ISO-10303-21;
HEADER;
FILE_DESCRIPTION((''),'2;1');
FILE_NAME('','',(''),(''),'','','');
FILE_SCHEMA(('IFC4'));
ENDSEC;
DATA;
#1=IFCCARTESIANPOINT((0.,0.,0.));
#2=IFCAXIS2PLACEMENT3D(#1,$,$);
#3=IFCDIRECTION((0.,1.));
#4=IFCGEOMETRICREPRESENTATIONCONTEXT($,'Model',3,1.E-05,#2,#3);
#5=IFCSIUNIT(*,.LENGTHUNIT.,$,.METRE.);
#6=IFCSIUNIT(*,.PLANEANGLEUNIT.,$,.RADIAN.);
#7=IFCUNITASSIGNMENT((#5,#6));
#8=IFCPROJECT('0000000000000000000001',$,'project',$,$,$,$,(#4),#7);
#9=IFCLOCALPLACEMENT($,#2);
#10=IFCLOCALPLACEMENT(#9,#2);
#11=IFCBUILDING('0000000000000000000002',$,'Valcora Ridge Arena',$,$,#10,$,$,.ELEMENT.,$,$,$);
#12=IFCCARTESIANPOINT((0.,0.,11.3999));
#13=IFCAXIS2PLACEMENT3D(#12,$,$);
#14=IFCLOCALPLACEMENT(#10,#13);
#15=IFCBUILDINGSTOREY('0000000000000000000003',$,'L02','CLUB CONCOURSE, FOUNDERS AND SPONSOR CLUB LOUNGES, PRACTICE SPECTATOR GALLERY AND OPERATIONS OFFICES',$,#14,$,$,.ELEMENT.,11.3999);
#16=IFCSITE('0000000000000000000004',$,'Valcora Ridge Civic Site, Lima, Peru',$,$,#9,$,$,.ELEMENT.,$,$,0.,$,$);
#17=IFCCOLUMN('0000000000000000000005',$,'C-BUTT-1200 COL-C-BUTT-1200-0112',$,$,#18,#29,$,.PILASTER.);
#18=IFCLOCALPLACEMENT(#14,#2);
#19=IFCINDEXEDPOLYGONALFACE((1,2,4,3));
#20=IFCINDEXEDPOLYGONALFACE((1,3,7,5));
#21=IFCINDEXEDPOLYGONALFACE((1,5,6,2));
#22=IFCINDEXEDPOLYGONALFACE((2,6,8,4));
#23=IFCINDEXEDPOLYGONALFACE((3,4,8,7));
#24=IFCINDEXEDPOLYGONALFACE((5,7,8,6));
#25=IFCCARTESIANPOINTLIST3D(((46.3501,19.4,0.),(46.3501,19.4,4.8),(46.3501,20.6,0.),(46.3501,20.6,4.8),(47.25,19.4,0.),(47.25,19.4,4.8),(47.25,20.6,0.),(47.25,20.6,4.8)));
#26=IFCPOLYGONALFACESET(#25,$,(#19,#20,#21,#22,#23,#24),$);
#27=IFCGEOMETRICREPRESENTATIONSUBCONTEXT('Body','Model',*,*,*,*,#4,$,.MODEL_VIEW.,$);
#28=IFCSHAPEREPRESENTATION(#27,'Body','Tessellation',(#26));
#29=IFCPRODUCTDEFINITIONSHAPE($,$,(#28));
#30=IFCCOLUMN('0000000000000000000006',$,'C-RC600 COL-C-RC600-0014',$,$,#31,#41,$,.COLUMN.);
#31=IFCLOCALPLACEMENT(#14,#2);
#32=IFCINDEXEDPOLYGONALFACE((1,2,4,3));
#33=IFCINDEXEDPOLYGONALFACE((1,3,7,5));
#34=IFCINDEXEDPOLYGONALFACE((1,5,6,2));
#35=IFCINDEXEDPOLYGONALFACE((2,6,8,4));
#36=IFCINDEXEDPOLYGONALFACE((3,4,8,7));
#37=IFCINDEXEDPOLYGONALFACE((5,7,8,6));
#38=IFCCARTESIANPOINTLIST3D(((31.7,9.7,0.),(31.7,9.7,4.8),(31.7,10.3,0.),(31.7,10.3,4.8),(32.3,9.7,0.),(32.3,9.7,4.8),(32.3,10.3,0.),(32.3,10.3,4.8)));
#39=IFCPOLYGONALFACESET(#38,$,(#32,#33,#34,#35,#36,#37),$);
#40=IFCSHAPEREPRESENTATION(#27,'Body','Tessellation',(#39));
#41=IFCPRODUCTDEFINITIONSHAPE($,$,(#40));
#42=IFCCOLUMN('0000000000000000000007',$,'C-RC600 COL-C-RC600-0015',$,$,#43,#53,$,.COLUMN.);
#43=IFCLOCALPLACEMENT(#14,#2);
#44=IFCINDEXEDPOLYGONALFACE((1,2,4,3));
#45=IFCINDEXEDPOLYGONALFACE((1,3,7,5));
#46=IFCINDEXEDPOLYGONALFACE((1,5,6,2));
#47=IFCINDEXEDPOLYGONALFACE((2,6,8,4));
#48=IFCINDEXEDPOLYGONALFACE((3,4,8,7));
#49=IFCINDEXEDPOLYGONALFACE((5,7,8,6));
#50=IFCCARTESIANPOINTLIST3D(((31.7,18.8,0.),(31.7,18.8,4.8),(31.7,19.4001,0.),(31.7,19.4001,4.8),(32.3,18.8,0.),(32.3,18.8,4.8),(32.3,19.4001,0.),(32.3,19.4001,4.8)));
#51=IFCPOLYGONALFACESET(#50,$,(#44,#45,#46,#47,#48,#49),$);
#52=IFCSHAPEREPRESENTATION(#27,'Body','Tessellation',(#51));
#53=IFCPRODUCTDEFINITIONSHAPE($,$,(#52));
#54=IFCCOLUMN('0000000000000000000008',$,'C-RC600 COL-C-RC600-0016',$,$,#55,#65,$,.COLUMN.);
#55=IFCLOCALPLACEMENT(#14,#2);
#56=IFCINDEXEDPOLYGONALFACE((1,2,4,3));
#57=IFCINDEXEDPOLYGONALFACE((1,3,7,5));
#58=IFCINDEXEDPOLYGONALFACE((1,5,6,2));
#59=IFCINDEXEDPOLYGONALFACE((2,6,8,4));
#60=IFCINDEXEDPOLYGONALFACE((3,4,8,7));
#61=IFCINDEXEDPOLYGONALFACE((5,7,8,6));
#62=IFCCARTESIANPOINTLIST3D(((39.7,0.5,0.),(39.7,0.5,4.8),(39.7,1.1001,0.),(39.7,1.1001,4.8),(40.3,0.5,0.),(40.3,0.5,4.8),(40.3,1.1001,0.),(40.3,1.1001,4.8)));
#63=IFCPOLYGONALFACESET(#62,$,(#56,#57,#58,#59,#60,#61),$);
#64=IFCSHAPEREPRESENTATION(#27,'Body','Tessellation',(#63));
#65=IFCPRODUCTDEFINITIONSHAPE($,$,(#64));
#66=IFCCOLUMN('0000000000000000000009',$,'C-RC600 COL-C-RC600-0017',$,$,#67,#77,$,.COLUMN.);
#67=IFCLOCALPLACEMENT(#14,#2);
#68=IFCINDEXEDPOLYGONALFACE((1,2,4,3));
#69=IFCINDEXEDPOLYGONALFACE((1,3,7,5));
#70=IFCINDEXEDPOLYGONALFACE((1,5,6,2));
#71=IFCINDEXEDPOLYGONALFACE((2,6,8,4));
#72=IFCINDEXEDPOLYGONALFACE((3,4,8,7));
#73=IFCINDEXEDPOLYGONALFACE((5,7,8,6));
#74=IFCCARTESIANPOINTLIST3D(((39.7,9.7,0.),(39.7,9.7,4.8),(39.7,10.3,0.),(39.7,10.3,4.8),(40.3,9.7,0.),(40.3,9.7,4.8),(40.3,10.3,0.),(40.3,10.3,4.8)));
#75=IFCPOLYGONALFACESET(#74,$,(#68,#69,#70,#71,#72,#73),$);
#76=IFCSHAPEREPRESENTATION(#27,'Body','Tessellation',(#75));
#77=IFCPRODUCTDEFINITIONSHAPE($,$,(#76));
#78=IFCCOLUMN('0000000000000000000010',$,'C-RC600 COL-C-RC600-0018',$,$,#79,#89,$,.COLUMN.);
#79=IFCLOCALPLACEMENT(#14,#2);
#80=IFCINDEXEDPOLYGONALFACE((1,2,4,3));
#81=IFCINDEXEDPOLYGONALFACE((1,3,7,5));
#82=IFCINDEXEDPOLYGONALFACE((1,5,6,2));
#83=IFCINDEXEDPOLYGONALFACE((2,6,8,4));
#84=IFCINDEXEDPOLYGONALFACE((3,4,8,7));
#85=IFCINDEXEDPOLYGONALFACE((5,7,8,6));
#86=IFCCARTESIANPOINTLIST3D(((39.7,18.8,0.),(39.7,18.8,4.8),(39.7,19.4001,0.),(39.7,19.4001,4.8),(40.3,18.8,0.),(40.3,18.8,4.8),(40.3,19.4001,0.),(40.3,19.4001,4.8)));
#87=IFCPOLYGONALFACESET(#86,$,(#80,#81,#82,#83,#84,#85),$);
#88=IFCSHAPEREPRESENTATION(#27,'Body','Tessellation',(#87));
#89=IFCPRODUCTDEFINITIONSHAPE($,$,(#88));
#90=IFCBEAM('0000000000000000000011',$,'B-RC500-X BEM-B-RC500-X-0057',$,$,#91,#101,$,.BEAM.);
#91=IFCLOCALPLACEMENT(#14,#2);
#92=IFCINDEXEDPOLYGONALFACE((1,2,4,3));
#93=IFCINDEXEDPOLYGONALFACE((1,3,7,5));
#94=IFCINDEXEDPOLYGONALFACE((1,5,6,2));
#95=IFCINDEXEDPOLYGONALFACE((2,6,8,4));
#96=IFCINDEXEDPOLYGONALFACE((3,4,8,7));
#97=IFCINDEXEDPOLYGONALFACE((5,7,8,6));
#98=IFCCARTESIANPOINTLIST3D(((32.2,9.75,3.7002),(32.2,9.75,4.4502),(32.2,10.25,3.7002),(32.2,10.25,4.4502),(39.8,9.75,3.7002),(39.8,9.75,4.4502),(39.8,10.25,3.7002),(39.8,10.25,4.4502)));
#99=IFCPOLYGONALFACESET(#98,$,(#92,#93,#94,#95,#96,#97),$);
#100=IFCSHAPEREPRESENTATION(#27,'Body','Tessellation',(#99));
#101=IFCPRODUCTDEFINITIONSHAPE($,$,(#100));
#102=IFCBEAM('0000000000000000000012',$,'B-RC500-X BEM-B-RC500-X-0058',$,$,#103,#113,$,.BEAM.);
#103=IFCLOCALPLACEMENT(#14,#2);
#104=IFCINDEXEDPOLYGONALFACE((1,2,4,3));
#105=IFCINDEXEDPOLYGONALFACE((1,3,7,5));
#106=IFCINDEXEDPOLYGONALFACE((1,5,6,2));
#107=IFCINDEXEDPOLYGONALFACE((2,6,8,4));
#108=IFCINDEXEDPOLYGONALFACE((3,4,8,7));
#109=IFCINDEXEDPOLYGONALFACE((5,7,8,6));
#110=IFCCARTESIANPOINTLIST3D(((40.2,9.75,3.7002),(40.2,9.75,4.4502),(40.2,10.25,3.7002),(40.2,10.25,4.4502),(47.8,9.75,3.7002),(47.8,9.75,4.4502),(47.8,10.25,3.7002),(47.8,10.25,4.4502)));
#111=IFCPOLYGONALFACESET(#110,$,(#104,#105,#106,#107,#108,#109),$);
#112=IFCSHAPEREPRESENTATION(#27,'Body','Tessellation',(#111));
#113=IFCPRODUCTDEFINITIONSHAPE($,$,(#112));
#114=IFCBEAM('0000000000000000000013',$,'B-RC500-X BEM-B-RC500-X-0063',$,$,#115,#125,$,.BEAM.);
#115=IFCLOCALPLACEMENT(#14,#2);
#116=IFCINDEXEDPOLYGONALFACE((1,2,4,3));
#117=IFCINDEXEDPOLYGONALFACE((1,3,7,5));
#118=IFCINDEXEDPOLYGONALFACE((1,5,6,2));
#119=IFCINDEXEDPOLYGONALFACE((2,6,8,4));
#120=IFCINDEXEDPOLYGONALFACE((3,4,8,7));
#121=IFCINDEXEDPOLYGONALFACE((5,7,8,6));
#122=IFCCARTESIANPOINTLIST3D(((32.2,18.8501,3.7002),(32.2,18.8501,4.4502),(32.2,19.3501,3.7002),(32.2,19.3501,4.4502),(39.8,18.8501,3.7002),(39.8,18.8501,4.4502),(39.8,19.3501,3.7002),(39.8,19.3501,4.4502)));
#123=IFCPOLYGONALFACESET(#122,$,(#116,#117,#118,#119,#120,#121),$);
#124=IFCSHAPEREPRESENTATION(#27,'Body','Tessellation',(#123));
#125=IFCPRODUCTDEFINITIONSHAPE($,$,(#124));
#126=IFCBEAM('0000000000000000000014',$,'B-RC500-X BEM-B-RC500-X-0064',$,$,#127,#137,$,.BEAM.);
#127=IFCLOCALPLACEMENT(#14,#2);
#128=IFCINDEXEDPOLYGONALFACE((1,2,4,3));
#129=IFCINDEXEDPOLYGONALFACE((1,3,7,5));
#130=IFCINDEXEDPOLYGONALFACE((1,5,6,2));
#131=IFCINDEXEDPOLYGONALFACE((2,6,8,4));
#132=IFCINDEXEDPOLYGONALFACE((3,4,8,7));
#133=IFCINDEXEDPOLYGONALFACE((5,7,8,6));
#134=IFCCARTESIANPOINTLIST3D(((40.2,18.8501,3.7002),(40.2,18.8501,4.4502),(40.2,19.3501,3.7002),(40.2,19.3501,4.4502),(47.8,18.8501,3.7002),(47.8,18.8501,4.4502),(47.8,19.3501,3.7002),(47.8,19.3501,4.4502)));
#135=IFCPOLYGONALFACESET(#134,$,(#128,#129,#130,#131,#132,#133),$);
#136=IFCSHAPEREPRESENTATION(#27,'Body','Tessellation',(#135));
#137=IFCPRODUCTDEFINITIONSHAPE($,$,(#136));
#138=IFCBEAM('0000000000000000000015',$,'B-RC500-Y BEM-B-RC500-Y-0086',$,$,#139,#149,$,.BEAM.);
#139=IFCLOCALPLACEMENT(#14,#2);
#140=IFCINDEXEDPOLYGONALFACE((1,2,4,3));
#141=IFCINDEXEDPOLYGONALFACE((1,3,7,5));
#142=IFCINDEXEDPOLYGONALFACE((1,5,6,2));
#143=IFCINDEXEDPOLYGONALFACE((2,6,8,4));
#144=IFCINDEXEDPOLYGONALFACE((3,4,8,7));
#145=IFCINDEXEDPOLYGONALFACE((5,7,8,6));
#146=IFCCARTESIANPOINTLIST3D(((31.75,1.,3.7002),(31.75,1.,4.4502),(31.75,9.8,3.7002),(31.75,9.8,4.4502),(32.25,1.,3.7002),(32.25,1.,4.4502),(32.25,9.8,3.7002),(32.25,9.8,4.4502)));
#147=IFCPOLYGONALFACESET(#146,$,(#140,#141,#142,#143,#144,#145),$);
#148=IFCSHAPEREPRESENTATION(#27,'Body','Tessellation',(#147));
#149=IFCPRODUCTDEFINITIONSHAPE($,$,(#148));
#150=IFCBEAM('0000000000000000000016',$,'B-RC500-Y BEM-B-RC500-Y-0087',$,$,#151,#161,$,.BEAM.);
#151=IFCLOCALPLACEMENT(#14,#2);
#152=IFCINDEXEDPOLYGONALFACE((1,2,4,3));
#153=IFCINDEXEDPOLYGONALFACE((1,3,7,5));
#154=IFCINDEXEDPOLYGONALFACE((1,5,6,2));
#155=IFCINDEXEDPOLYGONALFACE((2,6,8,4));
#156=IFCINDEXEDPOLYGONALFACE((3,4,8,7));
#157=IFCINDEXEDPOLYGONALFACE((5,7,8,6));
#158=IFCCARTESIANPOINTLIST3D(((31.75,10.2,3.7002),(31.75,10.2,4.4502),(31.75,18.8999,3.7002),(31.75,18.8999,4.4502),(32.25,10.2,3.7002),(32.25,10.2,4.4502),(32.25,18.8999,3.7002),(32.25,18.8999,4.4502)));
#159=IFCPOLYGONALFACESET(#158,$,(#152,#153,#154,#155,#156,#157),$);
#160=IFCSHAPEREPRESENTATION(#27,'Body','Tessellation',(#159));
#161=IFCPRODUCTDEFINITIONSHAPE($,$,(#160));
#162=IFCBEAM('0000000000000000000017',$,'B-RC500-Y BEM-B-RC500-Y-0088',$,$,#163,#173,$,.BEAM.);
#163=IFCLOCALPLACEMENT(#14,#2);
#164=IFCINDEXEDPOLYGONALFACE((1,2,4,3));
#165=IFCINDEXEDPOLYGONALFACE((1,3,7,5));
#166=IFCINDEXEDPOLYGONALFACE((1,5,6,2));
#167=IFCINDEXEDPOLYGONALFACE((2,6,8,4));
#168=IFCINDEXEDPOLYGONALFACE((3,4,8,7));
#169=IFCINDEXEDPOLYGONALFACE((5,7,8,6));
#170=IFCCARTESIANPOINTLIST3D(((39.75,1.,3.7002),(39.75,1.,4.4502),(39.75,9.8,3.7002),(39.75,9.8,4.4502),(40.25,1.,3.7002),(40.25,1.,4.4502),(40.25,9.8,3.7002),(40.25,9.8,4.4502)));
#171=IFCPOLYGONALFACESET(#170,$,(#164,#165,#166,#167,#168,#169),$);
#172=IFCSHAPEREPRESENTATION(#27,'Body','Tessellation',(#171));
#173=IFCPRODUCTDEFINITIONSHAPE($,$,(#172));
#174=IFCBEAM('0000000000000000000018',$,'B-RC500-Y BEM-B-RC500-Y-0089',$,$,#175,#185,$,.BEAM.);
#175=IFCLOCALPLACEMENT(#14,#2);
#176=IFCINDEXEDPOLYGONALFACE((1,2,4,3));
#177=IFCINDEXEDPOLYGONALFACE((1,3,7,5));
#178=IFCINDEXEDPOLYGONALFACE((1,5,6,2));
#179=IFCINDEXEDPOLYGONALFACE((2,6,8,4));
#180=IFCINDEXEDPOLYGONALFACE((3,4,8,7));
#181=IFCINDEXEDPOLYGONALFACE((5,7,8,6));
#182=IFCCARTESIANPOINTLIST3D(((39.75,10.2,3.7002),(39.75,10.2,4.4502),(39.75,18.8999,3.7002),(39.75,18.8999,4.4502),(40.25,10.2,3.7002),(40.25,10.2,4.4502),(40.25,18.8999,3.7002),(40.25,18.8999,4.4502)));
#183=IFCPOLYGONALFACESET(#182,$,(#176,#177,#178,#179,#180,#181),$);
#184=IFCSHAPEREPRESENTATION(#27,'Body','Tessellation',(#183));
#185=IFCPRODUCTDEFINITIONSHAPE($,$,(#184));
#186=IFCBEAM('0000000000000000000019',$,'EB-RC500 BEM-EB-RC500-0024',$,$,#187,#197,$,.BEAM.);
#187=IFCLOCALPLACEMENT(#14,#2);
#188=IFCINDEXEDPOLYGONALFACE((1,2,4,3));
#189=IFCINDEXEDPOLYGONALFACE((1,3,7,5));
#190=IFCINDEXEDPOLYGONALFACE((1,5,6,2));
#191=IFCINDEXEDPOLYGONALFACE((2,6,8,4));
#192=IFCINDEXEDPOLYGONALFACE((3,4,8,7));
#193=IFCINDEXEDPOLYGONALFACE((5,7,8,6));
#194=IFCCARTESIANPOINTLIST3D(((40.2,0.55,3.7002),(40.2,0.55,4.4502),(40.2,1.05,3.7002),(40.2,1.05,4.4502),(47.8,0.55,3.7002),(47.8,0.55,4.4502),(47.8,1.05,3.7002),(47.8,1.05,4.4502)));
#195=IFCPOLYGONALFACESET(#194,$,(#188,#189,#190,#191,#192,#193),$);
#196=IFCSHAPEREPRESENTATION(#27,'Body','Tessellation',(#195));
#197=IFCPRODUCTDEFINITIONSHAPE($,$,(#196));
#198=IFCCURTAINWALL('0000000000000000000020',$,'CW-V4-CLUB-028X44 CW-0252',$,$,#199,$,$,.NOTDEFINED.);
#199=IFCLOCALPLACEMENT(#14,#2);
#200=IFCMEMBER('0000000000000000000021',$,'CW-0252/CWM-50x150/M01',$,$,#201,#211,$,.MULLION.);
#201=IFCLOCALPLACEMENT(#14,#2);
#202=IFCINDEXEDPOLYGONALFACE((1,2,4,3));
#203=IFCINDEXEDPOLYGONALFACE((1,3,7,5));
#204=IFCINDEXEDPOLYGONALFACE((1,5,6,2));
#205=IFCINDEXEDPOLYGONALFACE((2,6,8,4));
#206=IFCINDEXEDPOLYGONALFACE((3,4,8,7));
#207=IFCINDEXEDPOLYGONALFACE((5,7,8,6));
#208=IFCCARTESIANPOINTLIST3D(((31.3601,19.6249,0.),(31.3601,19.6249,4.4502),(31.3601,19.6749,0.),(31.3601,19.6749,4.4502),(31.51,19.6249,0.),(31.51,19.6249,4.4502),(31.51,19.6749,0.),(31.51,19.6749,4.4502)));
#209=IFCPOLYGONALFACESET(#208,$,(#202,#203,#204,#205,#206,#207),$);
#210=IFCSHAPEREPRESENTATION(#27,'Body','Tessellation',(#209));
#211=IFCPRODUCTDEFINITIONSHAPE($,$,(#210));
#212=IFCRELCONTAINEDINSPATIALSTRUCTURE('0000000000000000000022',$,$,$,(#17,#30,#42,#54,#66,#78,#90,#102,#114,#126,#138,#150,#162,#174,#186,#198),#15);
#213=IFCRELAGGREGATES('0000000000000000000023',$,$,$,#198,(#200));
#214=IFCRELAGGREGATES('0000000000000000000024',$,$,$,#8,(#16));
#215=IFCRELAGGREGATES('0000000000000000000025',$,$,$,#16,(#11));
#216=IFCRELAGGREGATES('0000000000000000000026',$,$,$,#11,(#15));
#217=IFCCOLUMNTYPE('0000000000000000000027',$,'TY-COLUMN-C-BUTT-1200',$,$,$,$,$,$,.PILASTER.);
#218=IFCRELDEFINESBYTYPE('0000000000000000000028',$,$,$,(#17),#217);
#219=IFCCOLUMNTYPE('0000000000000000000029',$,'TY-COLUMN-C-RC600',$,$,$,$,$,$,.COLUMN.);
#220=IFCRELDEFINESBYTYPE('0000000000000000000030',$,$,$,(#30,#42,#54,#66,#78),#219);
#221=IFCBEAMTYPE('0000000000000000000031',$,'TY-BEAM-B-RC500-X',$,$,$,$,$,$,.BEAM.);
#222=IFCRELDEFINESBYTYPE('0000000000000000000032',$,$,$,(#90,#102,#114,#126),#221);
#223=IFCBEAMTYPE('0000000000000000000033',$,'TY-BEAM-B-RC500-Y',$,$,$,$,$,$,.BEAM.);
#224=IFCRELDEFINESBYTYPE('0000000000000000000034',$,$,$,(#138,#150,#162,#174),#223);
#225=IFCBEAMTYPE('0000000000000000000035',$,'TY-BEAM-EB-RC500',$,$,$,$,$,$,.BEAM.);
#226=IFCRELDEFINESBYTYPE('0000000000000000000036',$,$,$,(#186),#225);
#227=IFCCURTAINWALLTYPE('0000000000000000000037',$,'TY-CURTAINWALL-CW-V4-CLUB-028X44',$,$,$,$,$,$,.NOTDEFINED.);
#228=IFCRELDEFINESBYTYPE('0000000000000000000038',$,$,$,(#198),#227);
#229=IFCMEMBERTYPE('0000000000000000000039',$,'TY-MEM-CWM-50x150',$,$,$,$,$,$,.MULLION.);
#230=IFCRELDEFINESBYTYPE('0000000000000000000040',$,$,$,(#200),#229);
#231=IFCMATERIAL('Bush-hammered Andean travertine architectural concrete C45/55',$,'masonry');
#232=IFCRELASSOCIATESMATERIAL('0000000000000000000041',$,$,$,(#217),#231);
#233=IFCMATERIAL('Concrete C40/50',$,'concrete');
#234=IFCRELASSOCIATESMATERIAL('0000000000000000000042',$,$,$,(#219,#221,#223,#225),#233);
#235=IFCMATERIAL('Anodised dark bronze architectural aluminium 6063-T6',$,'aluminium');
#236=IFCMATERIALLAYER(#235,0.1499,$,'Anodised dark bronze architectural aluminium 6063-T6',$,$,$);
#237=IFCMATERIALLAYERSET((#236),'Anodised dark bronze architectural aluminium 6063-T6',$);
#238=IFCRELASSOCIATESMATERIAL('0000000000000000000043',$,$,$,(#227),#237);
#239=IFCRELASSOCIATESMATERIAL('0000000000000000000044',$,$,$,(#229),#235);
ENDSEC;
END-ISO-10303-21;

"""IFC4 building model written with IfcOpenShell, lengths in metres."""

from ifc_helpers import new_model, si_unit, direction, frame, origin, origin_2d, place, context, subcontext, project, spatial, rectangle, extrude, material, layer, layer_set, material_profile, profile_set, type_object, element, aggregate, save


model = new_model("IFC4")

# Units and contexts
model_context = context("Model", 3, precision=1e-05, world=origin(), true_north=direction((0.0, 1.0)))
body_context = subcontext(model_context, "Body", "Model", "MODEL_VIEW")
ifc_project = project(units=[si_unit("LENGTHUNIT", "METRE"), si_unit("PLANEANGLEUNIT", "RADIAN")], contexts=[model_context])

# Site, building, storey
site_placement = place(None, origin())
site = spatial("IfcSite", under=ifc_project, at=site_placement, Name="Valcora Ridge Civic Site, Lima, Peru", CompositionType="ELEMENT", RefElevation=0.0)
building_placement = place(site_placement, origin())
building = spatial("IfcBuilding", under=site, at=building_placement, Name="Valcora Ridge Arena", CompositionType="ELEMENT")
storey_placement = place(building_placement, frame((0.0, 0.0, 11.3999)))
storey = spatial("IfcBuildingStorey", under=building, at=storey_placement, Name="L02", Description="CLUB CONCOURSE, FOUNDERS AND SPONSOR CLUB LOUNGES, PRACTICE SPECTATOR GALLERY AND OPERATIONS OFFICES", CompositionType="ELEMENT", Elevation=11.3999)

# Columns
ifc_material_1 = material(Name="Bush-hammered Andean travertine architectural concrete C45/55", Category="masonry")
ifc_material_profile_1 = material_profile(ifc_material_1, rectangle(XDim=0.8999, YDim=1.2, at=origin_2d()), Name="RC 900x1200")
ifc_profile_set_1 = profile_set([ifc_material_profile_1], Name="Bush-hammered Andean travertine architectural concrete C45/55")
column_type_1 = type_object("IfcColumnType", Name="TY-COLUMN-C-BUTT-1200", PredefinedType="PILASTER", material=ifc_profile_set_1)
column_placement = place(storey_placement, frame((46.8, 20.0, 0.0), z_axis=(0.0, 0.0, 1.0), x_axis=(1.0, 0.0, 0.0)))
element("IfcColumn", 1, at=column_placement, inside=storey, type_object=column_type_1, Name="C-BUTT-1200 COL-C-BUTT-1200-0112", PredefinedType="PILASTER", context=body_context, shape_type="SweptSolid", body=[
    extrude(rectangle(XDim=0.8999, YDim=1.2, at=origin_2d()), origin(), (0.0, 0.0, 1.0), 4.8),
])
ifc_material_2 = material(Name="Concrete C40/50", Category="concrete")
ifc_material_profile_2 = material_profile(ifc_material_2, rectangle(XDim=0.6001, YDim=0.6001, at=origin_2d()), Name="RC 600x600")
ifc_profile_set_2 = profile_set([ifc_material_profile_2], Name="Concrete C40/50")
column_type_2 = type_object("IfcColumnType", Name="TY-COLUMN-C-RC600", PredefinedType="COLUMN", material=ifc_profile_set_2)
for number, where, z_axis, x_axis, name in (
    (2, (32.0, 10.0, 0.0), (0.0, 0.0, 1.0), (1.0, 0.0, 0.0), "C-RC600 COL-C-RC600-0014"),
    (3, (32.0, 19.1001, 0.0), (0.0, 0.0, 1.0), (1.0, 0.0, 0.0), "C-RC600 COL-C-RC600-0015"),
    (4, (40.0, 0.8, 0.0), (0.0, 0.0, 1.0), (1.0, 0.0, 0.0), "C-RC600 COL-C-RC600-0016"),
    (5, (40.0, 10.0, 0.0), (0.0, 0.0, 1.0), (1.0, 0.0, 0.0), "C-RC600 COL-C-RC600-0017"),
    (6, (40.0, 19.1001, 0.0), (0.0, 0.0, 1.0), (1.0, 0.0, 0.0), "C-RC600 COL-C-RC600-0018"),
):
    element("IfcColumn", number, at=place(storey_placement, frame(where, z_axis=z_axis, x_axis=x_axis)), inside=storey, type_object=column_type_2, Name=name, PredefinedType="COLUMN", context=body_context, shape_type="SweptSolid", body=[
        extrude(rectangle(XDim=0.6001, YDim=0.6001, at=origin_2d()), origin(), (0.0, 0.0, 1.0), 4.8),
    ])

# Beams
ifc_material_profile_3 = material_profile(ifc_material_2, rectangle(XDim=0.5, YDim=0.75, at=origin_2d()), Name="RC 500x750")
ifc_profile_set_3 = profile_set([ifc_material_profile_3], Name="Concrete C40/50")
beam_type_1 = type_object("IfcBeamType", Name="TY-BEAM-B-RC500-X", PredefinedType="BEAM", material=ifc_profile_set_3)
for number, where, z_axis, x_axis, name in (
    (7, (32.2, 10.0, 4.0752), (1.0, 0.0, 0.0), (0.0, 1.0, 0.0), "B-RC500-X BEM-B-RC500-X-0057"),
    (8, (40.2, 10.0, 4.0752), (1.0, 0.0, 0.0), (0.0, 1.0, 0.0), "B-RC500-X BEM-B-RC500-X-0058"),
    (9, (32.2, 19.1001, 4.0752), (1.0, 0.0, 0.0), (0.0, 1.0, 0.0), "B-RC500-X BEM-B-RC500-X-0063"),
    (10, (40.2, 19.1001, 4.0752), (1.0, 0.0, 0.0), (0.0, 1.0, 0.0), "B-RC500-X BEM-B-RC500-X-0064"),
):
    element("IfcBeam", number, at=place(storey_placement, frame(where, z_axis=z_axis, x_axis=x_axis)), inside=storey, type_object=beam_type_1, Name=name, PredefinedType="BEAM", context=body_context, shape_type="SweptSolid", body=[
        extrude(rectangle(XDim=0.5, YDim=0.75, at=origin_2d()), origin(), (0.0, 0.0, 1.0), 7.6001),
    ])
ifc_material_profile_4 = material_profile(ifc_material_2, rectangle(XDim=0.5, YDim=0.75, at=origin_2d()), Name="RC 500x750")
ifc_profile_set_4 = profile_set([ifc_material_profile_4], Name="Concrete C40/50")
beam_type_2 = type_object("IfcBeamType", Name="TY-BEAM-B-RC500-Y", PredefinedType="BEAM", material=ifc_profile_set_4)
beam_1_placement = place(storey_placement, frame((32.0, 1.0, 4.0752), z_axis=(0.0, 1.0, 0.0), x_axis=(-1.0, 0.0, 0.0)))
element("IfcBeam", 11, at=beam_1_placement, inside=storey, type_object=beam_type_2, Name="B-RC500-Y BEM-B-RC500-Y-0086", PredefinedType="BEAM", context=body_context, shape_type="SweptSolid", body=[
    extrude(rectangle(XDim=0.5, YDim=0.75, at=origin_2d()), origin(), (0.0, 0.0, 1.0), 8.8),
])
beam_2_placement = place(storey_placement, frame((32.0, 10.2, 4.0752), z_axis=(0.0, 1.0, 0.0), x_axis=(-1.0, 0.0, 0.0)))
element("IfcBeam", 12, at=beam_2_placement, inside=storey, type_object=beam_type_2, Name="B-RC500-Y BEM-B-RC500-Y-0087", PredefinedType="BEAM", context=body_context, shape_type="SweptSolid", body=[
    extrude(rectangle(XDim=0.5, YDim=0.75, at=origin_2d()), origin(), (0.0, 0.0, 1.0), 8.7),
])
beam_3_placement = place(storey_placement, frame((40.0, 1.0, 4.0752), z_axis=(0.0, 1.0, 0.0), x_axis=(-1.0, 0.0, 0.0)))
element("IfcBeam", 13, at=beam_3_placement, inside=storey, type_object=beam_type_2, Name="B-RC500-Y BEM-B-RC500-Y-0088", PredefinedType="BEAM", context=body_context, shape_type="SweptSolid", body=[
    extrude(rectangle(XDim=0.5, YDim=0.75, at=origin_2d()), origin(), (0.0, 0.0, 1.0), 8.8),
])
beam_4_placement = place(storey_placement, frame((40.0, 10.2, 4.0752), z_axis=(0.0, 1.0, 0.0), x_axis=(-1.0, 0.0, 0.0)))
element("IfcBeam", 14, at=beam_4_placement, inside=storey, type_object=beam_type_2, Name="B-RC500-Y BEM-B-RC500-Y-0089", PredefinedType="BEAM", context=body_context, shape_type="SweptSolid", body=[
    extrude(rectangle(XDim=0.5, YDim=0.75, at=origin_2d()), origin(), (0.0, 0.0, 1.0), 8.7),
])
ifc_material_profile_5 = material_profile(ifc_material_2, rectangle(XDim=0.5, YDim=0.75, at=origin_2d()), Name="RC 500x750")
ifc_profile_set_5 = profile_set([ifc_material_profile_5], Name="Concrete C40/50")
beam_type_3 = type_object("IfcBeamType", Name="TY-BEAM-EB-RC500", PredefinedType="BEAM", material=ifc_profile_set_5)
beam_5_placement = place(storey_placement, frame((40.2, 0.8, 4.0752), z_axis=(1.0, 0.0, 0.0), x_axis=(0.0, 1.0, 0.0)))
element("IfcBeam", 15, at=beam_5_placement, inside=storey, type_object=beam_type_3, Name="EB-RC500 BEM-EB-RC500-0024", PredefinedType="BEAM", context=body_context, shape_type="SweptSolid", body=[
    extrude(rectangle(XDim=0.5, YDim=0.75, at=origin_2d()), origin(), (0.0, 0.0, 1.0), 7.6001),
])

# Curtain wall, member
ifc_material_3 = material(Name="Anodised dark bronze architectural aluminium 6063-T6", Category="aluminium")
ifc_layer_1 = layer(ifc_material_3, 0.1499, Name="Anodised dark bronze architectural aluminium 6063-T6")
ifc_layer_set_1 = layer_set([ifc_layer_1], Name="Anodised dark bronze architectural aluminium 6063-T6")
curtain_wall_type_1 = type_object("IfcCurtainWallType", Name="TY-CURTAINWALL-CW-V4-CLUB-028X44", PredefinedType="NOTDEFINED", material=ifc_layer_set_1)
curtain_wall_1_placement = place(storey_placement, origin())
curtain_wall_1 = element("IfcCurtainWall", 16, at=curtain_wall_1_placement, inside=storey, type_object=curtain_wall_type_1, Name="CW-V4-CLUB-028X44 CW-0252", PredefinedType="NOTDEFINED")
ifc_material_profile_6 = material_profile(ifc_material_3, rectangle(XDim=0.05, YDim=0.1499, at=origin_2d()), Name="ALU MULLION 50x150")
ifc_profile_set_6 = profile_set([ifc_material_profile_6], Name="Anodised dark bronze architectural aluminium 6063-T6")
member_type_1 = type_object("IfcMemberType", Name="TY-MEM-CWM-50x150", PredefinedType="MULLION", material=ifc_profile_set_6)
member_1_placement = place(storey_placement, frame((31.4351, 19.6499, 0.0), z_axis=(0.0, 0.0, 1.0), x_axis=(0.0, 1.0, 0.0)))
member_1 = element("IfcMember", 17, at=member_1_placement, type_object=member_type_1, Name="CW-0252/CWM-50x150/M01", PredefinedType="MULLION", context=body_context, shape_type="SweptSolid", body=[
    extrude(rectangle(XDim=0.05, YDim=0.1499, at=origin_2d()), origin(), (0.0, 0.0, 1.0), 4.4502),
])

aggregate(curtain_wall_1, [member_1])

save(model, "model.ifc")
